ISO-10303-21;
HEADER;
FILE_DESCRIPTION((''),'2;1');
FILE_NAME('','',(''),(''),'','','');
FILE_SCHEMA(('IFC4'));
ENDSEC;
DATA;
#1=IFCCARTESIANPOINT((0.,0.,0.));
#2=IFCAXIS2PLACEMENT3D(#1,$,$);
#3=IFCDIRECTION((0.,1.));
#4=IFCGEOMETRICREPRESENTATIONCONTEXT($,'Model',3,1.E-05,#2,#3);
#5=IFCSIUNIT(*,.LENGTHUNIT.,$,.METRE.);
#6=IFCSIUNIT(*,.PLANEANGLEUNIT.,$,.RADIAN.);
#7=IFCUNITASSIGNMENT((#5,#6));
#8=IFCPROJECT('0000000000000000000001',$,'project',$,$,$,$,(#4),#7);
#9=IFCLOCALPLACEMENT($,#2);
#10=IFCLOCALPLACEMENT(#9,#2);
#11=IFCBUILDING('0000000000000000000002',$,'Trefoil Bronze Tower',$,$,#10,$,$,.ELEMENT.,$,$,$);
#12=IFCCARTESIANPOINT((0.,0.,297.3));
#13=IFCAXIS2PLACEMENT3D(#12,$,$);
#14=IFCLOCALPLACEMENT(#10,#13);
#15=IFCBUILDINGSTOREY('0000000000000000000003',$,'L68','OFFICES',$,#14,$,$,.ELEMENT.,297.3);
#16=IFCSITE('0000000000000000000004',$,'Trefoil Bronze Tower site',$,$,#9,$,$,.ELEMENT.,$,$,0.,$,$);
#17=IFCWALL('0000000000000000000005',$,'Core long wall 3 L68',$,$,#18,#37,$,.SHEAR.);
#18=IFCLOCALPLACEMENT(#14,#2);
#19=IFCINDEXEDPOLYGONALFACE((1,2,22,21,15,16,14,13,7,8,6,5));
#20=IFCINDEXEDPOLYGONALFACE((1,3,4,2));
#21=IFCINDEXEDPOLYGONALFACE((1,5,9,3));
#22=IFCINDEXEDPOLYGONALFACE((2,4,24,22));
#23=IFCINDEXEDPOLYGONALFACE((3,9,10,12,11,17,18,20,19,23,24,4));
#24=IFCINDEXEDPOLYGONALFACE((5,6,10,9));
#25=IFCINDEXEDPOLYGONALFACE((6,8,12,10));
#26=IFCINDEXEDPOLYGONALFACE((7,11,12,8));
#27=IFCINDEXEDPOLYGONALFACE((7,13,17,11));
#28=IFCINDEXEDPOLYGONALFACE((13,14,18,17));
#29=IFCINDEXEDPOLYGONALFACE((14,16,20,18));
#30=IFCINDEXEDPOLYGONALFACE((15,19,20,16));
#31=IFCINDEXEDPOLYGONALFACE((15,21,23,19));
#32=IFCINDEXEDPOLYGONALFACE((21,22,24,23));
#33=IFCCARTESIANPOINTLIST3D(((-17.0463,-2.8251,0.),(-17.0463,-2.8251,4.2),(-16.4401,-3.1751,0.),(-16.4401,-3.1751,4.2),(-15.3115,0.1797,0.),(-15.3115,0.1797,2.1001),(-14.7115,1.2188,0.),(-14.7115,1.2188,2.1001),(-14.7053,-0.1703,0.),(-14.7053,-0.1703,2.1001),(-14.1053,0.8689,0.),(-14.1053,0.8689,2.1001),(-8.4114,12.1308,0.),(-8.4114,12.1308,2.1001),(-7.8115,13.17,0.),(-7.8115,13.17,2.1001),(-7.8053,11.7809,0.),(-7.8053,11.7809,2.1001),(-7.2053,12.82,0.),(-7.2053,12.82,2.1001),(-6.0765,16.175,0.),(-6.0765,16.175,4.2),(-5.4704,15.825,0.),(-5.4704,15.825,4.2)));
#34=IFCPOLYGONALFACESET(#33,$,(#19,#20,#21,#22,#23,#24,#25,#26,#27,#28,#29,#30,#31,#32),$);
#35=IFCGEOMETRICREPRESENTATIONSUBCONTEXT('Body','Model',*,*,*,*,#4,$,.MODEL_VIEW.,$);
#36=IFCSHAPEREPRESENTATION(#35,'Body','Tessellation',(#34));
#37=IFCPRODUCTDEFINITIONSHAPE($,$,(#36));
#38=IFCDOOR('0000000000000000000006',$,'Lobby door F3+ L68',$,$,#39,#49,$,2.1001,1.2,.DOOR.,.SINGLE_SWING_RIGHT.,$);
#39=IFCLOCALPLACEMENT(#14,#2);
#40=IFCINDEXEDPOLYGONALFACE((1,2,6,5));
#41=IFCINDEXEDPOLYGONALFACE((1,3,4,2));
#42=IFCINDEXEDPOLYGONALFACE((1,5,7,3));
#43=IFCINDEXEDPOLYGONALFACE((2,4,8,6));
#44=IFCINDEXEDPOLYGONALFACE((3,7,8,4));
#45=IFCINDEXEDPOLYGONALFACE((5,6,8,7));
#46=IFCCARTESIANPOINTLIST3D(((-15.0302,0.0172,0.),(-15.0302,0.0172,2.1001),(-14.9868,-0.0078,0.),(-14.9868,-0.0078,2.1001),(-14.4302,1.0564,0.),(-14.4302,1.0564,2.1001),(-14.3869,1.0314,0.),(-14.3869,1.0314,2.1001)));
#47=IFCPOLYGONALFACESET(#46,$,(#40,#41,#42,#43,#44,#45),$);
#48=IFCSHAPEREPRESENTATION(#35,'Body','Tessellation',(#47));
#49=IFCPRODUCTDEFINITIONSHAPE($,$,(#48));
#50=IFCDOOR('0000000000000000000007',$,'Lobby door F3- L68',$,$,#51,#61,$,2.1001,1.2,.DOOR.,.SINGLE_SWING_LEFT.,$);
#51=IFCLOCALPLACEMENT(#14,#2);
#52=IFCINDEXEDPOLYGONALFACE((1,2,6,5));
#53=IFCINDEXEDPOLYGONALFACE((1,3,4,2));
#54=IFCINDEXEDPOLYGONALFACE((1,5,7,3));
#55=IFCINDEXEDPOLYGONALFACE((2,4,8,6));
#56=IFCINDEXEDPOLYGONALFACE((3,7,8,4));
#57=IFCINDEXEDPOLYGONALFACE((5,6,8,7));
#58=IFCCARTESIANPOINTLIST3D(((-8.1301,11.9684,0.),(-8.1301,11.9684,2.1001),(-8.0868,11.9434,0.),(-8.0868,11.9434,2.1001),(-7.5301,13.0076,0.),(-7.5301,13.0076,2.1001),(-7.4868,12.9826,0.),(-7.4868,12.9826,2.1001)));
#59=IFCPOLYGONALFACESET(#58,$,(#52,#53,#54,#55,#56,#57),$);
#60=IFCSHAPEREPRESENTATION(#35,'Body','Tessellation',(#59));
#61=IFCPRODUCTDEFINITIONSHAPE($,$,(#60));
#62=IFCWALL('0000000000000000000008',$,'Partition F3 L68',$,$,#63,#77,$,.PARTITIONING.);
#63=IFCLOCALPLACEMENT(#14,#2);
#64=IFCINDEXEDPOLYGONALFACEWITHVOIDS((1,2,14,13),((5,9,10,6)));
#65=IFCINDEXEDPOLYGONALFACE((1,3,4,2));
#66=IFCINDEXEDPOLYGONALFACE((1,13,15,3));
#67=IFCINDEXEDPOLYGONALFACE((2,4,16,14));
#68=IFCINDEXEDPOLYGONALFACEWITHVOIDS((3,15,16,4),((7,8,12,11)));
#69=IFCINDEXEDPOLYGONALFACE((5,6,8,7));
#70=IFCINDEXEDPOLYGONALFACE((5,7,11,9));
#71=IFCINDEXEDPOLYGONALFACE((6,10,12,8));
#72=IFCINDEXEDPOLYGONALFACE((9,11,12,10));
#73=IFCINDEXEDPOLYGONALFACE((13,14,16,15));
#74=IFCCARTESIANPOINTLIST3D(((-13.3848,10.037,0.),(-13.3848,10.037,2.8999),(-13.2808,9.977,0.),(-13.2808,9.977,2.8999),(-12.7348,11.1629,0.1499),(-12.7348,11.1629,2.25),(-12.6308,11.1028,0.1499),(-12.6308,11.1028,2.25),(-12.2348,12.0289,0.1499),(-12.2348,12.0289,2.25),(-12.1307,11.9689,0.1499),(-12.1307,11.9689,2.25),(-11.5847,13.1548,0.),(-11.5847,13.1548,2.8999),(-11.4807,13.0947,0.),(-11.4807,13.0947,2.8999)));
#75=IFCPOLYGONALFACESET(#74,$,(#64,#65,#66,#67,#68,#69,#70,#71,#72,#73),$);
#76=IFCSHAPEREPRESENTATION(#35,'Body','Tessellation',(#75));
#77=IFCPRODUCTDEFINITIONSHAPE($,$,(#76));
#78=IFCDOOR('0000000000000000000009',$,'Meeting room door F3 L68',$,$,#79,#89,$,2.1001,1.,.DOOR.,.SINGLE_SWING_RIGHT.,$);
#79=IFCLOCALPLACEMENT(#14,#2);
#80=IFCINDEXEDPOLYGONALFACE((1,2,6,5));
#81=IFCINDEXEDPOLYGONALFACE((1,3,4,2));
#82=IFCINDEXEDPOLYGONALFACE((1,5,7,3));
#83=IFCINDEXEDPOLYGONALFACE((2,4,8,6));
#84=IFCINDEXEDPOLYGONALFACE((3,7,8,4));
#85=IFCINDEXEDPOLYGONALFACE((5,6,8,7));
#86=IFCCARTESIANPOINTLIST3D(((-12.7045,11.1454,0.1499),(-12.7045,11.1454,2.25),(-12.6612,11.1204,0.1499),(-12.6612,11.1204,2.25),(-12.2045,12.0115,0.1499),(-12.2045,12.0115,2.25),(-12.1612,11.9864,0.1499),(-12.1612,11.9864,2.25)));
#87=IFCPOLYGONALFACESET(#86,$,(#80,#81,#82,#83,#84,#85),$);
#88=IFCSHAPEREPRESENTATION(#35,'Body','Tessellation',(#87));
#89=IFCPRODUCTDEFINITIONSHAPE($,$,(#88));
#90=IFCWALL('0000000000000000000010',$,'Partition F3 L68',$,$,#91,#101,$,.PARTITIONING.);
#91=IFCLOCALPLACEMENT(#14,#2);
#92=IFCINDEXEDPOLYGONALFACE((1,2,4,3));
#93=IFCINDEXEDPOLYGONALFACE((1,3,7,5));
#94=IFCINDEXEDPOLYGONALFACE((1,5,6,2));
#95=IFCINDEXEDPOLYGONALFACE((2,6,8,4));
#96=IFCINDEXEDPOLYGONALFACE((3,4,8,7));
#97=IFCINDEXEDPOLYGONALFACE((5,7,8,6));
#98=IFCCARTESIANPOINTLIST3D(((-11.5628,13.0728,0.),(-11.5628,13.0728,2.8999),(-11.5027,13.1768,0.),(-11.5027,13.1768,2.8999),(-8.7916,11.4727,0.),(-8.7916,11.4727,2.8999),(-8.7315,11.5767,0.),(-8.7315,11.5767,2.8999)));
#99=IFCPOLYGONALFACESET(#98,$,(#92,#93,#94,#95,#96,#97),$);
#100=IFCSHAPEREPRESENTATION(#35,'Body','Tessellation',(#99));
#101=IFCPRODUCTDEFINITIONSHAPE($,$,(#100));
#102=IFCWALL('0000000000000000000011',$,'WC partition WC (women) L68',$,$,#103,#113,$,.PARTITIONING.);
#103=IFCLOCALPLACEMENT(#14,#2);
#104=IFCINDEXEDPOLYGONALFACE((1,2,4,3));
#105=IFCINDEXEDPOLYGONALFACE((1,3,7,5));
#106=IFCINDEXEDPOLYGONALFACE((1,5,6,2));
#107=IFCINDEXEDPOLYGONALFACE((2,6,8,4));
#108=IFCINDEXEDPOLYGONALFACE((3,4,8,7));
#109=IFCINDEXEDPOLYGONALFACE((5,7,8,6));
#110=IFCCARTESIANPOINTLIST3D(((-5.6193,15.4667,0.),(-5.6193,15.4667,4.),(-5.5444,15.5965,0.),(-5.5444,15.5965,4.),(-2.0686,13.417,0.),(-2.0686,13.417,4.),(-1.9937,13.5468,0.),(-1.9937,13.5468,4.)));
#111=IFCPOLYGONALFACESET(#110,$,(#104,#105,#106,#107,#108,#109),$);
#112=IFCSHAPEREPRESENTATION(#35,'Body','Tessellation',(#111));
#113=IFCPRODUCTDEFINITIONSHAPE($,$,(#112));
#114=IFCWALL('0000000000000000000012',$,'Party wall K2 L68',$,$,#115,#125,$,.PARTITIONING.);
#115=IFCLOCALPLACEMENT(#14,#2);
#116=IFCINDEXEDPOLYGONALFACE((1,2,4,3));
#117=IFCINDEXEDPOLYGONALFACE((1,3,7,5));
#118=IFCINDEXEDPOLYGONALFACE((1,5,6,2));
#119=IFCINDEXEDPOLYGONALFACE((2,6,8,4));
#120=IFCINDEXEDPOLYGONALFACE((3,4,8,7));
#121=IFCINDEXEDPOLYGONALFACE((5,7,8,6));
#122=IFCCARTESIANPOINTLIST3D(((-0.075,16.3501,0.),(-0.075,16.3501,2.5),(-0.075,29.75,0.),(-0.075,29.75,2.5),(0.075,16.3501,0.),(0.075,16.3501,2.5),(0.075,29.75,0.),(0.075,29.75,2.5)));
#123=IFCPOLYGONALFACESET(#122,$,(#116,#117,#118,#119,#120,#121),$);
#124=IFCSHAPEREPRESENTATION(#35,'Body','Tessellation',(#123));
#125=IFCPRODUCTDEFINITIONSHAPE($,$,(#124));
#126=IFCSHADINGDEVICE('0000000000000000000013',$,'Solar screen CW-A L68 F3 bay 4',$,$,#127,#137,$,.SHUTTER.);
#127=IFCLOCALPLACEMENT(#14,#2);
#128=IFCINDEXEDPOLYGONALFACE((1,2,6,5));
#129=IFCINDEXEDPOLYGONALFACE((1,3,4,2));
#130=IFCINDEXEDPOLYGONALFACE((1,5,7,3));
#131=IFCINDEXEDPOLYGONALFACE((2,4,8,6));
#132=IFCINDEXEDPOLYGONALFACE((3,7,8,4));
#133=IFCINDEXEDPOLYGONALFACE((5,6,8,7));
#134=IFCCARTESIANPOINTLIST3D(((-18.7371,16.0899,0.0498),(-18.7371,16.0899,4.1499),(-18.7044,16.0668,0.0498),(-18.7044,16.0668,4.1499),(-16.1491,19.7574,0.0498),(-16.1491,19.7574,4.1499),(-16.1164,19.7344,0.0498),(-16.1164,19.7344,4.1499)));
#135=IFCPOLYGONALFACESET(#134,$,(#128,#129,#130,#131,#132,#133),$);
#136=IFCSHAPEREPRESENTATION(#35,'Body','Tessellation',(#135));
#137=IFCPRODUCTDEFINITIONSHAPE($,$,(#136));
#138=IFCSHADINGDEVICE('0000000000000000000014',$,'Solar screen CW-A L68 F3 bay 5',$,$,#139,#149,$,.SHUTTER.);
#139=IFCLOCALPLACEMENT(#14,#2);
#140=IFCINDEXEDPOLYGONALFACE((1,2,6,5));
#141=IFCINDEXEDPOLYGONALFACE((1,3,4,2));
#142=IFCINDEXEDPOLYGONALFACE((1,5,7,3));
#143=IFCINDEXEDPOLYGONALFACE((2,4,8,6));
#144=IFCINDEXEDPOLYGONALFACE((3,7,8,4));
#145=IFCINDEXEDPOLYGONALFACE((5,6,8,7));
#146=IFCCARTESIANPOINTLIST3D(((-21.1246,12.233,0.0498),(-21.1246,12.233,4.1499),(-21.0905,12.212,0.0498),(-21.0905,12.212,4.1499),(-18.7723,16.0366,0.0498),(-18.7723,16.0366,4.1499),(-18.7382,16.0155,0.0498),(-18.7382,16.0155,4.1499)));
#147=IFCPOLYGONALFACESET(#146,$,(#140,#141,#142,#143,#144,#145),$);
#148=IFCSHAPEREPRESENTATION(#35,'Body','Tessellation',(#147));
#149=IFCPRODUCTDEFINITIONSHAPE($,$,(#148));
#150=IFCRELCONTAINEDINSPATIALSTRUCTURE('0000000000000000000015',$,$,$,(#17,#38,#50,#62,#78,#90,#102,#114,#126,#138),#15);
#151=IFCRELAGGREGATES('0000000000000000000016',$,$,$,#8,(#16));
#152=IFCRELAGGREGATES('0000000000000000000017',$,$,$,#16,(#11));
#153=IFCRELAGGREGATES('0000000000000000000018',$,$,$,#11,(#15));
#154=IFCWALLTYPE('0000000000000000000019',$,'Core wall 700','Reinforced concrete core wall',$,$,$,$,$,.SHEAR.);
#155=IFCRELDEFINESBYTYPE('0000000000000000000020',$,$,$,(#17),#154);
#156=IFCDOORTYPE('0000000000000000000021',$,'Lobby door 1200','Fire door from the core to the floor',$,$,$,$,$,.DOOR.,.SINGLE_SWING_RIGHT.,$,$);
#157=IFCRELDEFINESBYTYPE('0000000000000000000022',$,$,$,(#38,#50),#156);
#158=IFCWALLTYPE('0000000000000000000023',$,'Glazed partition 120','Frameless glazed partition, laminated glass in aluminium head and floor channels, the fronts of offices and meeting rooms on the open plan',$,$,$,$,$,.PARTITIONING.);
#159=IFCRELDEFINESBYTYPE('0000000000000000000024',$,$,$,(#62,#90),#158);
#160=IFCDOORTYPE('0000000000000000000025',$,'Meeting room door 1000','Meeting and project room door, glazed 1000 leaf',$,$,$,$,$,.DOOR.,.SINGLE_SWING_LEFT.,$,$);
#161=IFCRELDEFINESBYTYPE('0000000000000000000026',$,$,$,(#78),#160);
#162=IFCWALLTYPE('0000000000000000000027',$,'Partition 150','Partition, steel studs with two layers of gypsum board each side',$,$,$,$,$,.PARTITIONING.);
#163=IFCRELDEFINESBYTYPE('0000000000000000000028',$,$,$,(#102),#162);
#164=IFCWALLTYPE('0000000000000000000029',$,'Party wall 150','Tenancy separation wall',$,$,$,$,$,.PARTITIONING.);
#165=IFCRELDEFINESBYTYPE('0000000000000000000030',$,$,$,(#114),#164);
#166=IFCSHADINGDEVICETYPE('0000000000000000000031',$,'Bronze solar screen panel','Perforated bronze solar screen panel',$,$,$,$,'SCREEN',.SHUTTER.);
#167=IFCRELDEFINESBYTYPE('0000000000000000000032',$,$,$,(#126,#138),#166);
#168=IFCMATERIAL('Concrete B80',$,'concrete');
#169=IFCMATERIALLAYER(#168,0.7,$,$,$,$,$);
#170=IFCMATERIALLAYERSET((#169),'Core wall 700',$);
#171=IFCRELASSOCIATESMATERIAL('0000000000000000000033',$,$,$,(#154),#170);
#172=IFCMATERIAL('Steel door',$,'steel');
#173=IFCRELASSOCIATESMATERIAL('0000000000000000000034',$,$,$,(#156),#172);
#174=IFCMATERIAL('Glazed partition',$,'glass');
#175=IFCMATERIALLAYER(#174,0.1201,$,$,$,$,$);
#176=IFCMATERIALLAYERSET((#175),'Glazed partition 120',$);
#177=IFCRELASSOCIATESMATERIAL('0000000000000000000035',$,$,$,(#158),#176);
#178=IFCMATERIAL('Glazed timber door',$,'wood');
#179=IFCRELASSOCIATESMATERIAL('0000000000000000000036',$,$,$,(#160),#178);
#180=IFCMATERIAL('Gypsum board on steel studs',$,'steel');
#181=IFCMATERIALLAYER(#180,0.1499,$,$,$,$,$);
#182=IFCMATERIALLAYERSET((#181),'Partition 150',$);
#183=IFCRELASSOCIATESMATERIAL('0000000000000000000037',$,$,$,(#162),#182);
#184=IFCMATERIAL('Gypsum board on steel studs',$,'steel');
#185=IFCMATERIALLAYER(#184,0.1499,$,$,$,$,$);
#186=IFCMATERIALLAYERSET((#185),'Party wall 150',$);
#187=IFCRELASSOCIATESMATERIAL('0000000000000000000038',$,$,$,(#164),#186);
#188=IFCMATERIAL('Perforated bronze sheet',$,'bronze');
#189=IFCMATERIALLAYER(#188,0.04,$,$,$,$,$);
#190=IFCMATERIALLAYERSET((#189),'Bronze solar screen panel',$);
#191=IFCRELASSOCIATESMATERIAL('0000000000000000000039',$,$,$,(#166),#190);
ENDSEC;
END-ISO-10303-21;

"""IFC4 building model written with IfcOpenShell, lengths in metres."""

from ifc_helpers import new_model, si_unit, direction, frame, frame_2d, origin, origin_2d, place, context, subcontext, project, spatial, rectangle, extrude, material, layer, layer_set, type_object, element, fill, save


model = new_model("IFC4")

# Units and contexts
model_context = context("Model", 3, precision=1e-05, world=origin(), true_north=direction((0.0, 1.0)))
body_context = subcontext(model_context, "Body", "Model", "MODEL_VIEW")
ifc_project = project(units=[si_unit("LENGTHUNIT", "METRE"), si_unit("PLANEANGLEUNIT", "RADIAN")], contexts=[model_context])

# Site, building, storey
site_placement = place(None, origin())
site = spatial("IfcSite", under=ifc_project, at=site_placement, Name="Trefoil Bronze Tower site", CompositionType="ELEMENT", RefElevation=0.0)
building_placement = place(site_placement, origin())
building = spatial("IfcBuilding", under=site, at=building_placement, Name="Trefoil Bronze Tower", CompositionType="ELEMENT")
storey_placement = place(building_placement, frame((0.0, 0.0, 297.3)))
storey = spatial("IfcBuildingStorey", under=building, at=storey_placement, Name="L68", Description="OFFICES", CompositionType="ELEMENT", Elevation=297.3)

# Wall, openings, doors
ifc_material_1 = material(Name="Concrete B80", Category="concrete")
ifc_layer_1 = layer(ifc_material_1, 0.7)
ifc_layer_set_1 = layer_set([ifc_layer_1], Name="Core wall 700")
wall_type_1 = type_object("IfcWallType", Name="Core wall 700", Description="Reinforced concrete core wall", PredefinedType="SHEAR", material=ifc_layer_set_1)
wall_1_placement = place(storey_placement, frame((-5.7734, 16.0, 0.0), z_axis=(0.0, 0.0, 1.0), x_axis=(-0.500002, -0.866024, 0.0)))
wall_1 = element("IfcWall", 1, at=wall_1_placement, inside=storey, type_object=wall_type_1, Name="Core long wall 3 L68", PredefinedType="SHEAR", context=body_context, shape_type="SweptSolid", body=[
    extrude(rectangle(XDim=21.9395, YDim=0.7, at=frame_2d((10.9697, 0.0))), origin(), (0.0, 0.0, 1.0), 4.2),
])
opening_1_placement = place(wall_1_placement, frame((17.2698, 0.0, 0.0)))
opening_1 = element("IfcOpeningElement", 2, at=opening_1_placement, cuts=wall_1, PredefinedType="OPENING", context=body_context, shape_type="SweptSolid", body=[
    extrude(rectangle(XDim=1.2, YDim=2.1001, at=frame_2d((0.6001, 1.05))), frame((0.0, 0.3599, 0.0), z_axis=(0.0, -1.0, 0.0), x_axis=(1.0, 0.0, 0.0)), (0.0, 0.0, 1.0), 0.72),
])
opening_2_placement = place(wall_1_placement, frame((3.4697, 0.0, 0.0)))
opening_2 = element("IfcOpeningElement", 3, at=opening_2_placement, cuts=wall_1, PredefinedType="OPENING", context=body_context, shape_type="SweptSolid", body=[
    extrude(rectangle(XDim=1.2, YDim=2.1001, at=frame_2d((0.6001, 1.05))), frame((0.0, 0.3599, 0.0), z_axis=(0.0, -1.0, 0.0), x_axis=(1.0, 0.0, 0.0)), (0.0, 0.0, 1.0), 0.72),
])
ifc_material_2 = material(Name="Steel door", Category="steel")
door_type_1 = type_object("IfcDoorType", Name="Lobby door 1200", Description="Fire door from the core to the floor", OperationType="SINGLE_SWING_RIGHT", PredefinedType="DOOR", material=ifc_material_2)
door_1_placement = place(opening_1_placement, origin())
door_1 = element("IfcDoor", 4, at=door_1_placement, inside=storey, type_object=door_type_1, Name="Lobby door F3+ L68", OperationType="SINGLE_SWING_RIGHT", OverallHeight=2.1001, OverallWidth=1.2, PredefinedType="DOOR", context=body_context, shape_type="SweptSolid", body=[
    extrude(rectangle(XDim=1.2, YDim=2.1001, at=frame_2d((0.6001, 1.05))), frame((0.0, 0.0249, 0.0), z_axis=(0.0, -1.0, 0.0), x_axis=(1.0, 0.0, 0.0)), (0.0, 0.0, 1.0), 0.05),
])
fill(opening_1, door_1)
door_2_placement = place(opening_2_placement, origin())
door_2 = element("IfcDoor", 5, at=door_2_placement, inside=storey, type_object=door_type_1, Name="Lobby door F3- L68", OperationType="SINGLE_SWING_LEFT", OverallHeight=2.1001, OverallWidth=1.2, PredefinedType="DOOR", context=body_context, shape_type="SweptSolid", body=[
    extrude(rectangle(XDim=1.2, YDim=2.1001, at=frame_2d((0.6001, 1.05))), frame((0.0, 0.0249, 0.0), z_axis=(0.0, -1.0, 0.0), x_axis=(1.0, 0.0, 0.0)), (0.0, 0.0, 1.0), 0.05),
])
fill(opening_2, door_2)

# Wall, opening, door
ifc_material_3 = material(Name="Glazed partition", Category="glass")
ifc_layer_2 = layer(ifc_material_3, 0.1201)
ifc_layer_set_2 = layer_set([ifc_layer_2], Name="Glazed partition 120")
wall_type_2 = type_object("IfcWallType", Name="Glazed partition 120", Description="Frameless glazed partition, laminated glass in aluminium head and floor channels, the fronts of offices and meeting rooms on the open plan", PredefinedType="PARTITIONING", material=ifc_layer_set_2)
wall_2_placement = place(storey_placement, frame((-11.5327, 13.1248, 0.0), z_axis=(0.0, 0.0, 1.0), x_axis=(-0.500012, -0.866018, 0.0)))
wall_2 = element("IfcWall", 6, at=wall_2_placement, inside=storey, type_object=wall_type_2, Name="Partition F3 L68", PredefinedType="PARTITIONING", context=body_context, shape_type="SweptSolid", body=[
    extrude(rectangle(XDim=3.6001, YDim=0.1201, at=frame_2d((1.8, 0.0))), origin(), (0.0, 0.0, 1.0), 2.8999),
])
opening_3_placement = place(wall_2_placement, frame((1.3, 0.0, 0.1499)))
opening_3 = element("IfcOpeningElement", 7, at=opening_3_placement, cuts=wall_2, PredefinedType="OPENING", context=body_context, shape_type="SweptSolid", body=[
    extrude(rectangle(XDim=1.0, YDim=2.1001, at=frame_2d((0.5, 1.05))), frame((0.0, 0.0701, 0.0), z_axis=(0.0, -1.0, 0.0), x_axis=(1.0, 0.0, 0.0)), (0.0, 0.0, 1.0), 0.1401),
])
ifc_material_4 = material(Name="Glazed timber door", Category="wood")
door_type_2 = type_object("IfcDoorType", Name="Meeting room door 1000", Description="Meeting and project room door, glazed 1000 leaf", OperationType="SINGLE_SWING_LEFT", PredefinedType="DOOR", material=ifc_material_4)
door_3_placement = place(opening_3_placement, origin())
door_3 = element("IfcDoor", 8, at=door_3_placement, inside=storey, type_object=door_type_2, Name="Meeting room door F3 L68", OperationType="SINGLE_SWING_RIGHT", OverallHeight=2.1001, OverallWidth=1.0, PredefinedType="DOOR", context=body_context, shape_type="SweptSolid", body=[
    extrude(rectangle(XDim=1.0, YDim=2.1001, at=frame_2d((0.5, 1.05))), frame((0.0, 0.0249, 0.0), z_axis=(0.0, -1.0, 0.0), x_axis=(1.0, 0.0, 0.0)), (0.0, 0.0, 1.0), 0.05),
])
fill(opening_3, door_3)

# Walls
wall_3_placement = place(storey_placement, frame((-8.7615, 11.5247, 0.0), z_axis=(0.0, 0.0, 1.0), x_axis=(-0.866009, 0.500028, 0.0)))
element("IfcWall", 9, at=wall_3_placement, inside=storey, type_object=wall_type_2, Name="Partition F3 L68", PredefinedType="PARTITIONING", context=body_context, shape_type="SweptSolid", body=[
    extrude(rectangle(XDim=3.2, YDim=0.1201, at=frame_2d((1.6001, 0.0))), origin(), (0.0, 0.0, 1.0), 2.8999),
])
ifc_material_5 = material(Name="Gypsum board on steel studs", Category="steel")
ifc_layer_3 = layer(ifc_material_5, 0.1499)
ifc_layer_set_3 = layer_set([ifc_layer_3], Name="Partition 150")
wall_type_3 = type_object("IfcWallType", Name="Partition 150", Description="Partition, steel studs with two layers of gypsum board each side", PredefinedType="PARTITIONING", material=ifc_layer_set_3)
wall_4_placement = place(storey_placement, frame((-2.0312, 13.4819, 0.0), z_axis=(0.0, 0.0, 1.0), x_axis=(-0.866051, 0.499956, 0.0)))
element("IfcWall", 10, at=wall_4_placement, inside=storey, type_object=wall_type_3, Name="WC partition WC (women) L68", PredefinedType="PARTITIONING", context=body_context, shape_type="SweptSolid", body=[
    extrude(rectangle(XDim=4.0999, YDim=0.1499, at=frame_2d((2.0498, 0.0))), origin(), (0.0, 0.0, 1.0), 4.0),
])
ifc_material_6 = material(Name="Gypsum board on steel studs", Category="steel")
ifc_layer_4 = layer(ifc_material_6, 0.1499)
ifc_layer_set_4 = layer_set([ifc_layer_4], Name="Party wall 150")
wall_type_4 = type_object("IfcWallType", Name="Party wall 150", Description="Tenancy separation wall", PredefinedType="PARTITIONING", material=ifc_layer_set_4)
wall_5_placement = place(storey_placement, frame((0.0, 16.3501, 0.0), z_axis=(0.0, 0.0, 1.0), x_axis=(0.0, 1.0, 0.0)))
element("IfcWall", 11, at=wall_5_placement, inside=storey, type_object=wall_type_4, Name="Party wall K2 L68", PredefinedType="PARTITIONING", context=body_context, shape_type="SweptSolid", body=[
    extrude(rectangle(XDim=13.3999, YDim=0.1499, at=frame_2d((6.7, 0.0))), origin(), (0.0, 0.0, 1.0), 2.5),
])

# Shading devices
ifc_material_7 = material(Name="Perforated bronze sheet", Category="bronze")
ifc_layer_5 = layer(ifc_material_7, 0.04)
ifc_layer_set_5 = layer_set([ifc_layer_5], Name="Bronze solar screen panel")
shading_device_type = type_object("IfcShadingDeviceType", Name="Bronze solar screen panel", Description="Perforated bronze solar screen panel", ElementType="SCREEN", PredefinedType="SHUTTER", material=ifc_layer_set_5)
shading_device_1_placement = place(storey_placement, frame((-17.4268, 17.9121, 0.0498), z_axis=(0.0, 0.0, 1.0), x_axis=(-0.576561, -0.817054, 0.0)))
element("IfcShadingDevice", 12, at=shading_device_1_placement, inside=storey, type_object=shading_device_type, Name="Solar screen CW-A L68 F3 bay 4", PredefinedType="SHUTTER", context=body_context, shape_type="SweptSolid", body=[
    extrude(rectangle(XDim=4.4888, YDim=0.04, at=origin_2d()), origin(), (0.0, 0.0, 1.0), 4.1001),
])
shading_device_2_placement = place(storey_placement, frame((-19.9314, 14.1243, 0.0498), z_axis=(0.0, 0.0, 1.0), x_axis=(-0.52598, -0.850497, 0.0)))
element("IfcShadingDevice", 13, at=shading_device_2_placement, inside=storey, type_object=shading_device_type, Name="Solar screen CW-A L68 F3 bay 5", PredefinedType="SHUTTER", context=body_context, shape_type="SweptSolid", body=[
    extrude(rectangle(XDim=4.4722, YDim=0.04, at=origin_2d()), origin(), (0.0, 0.0, 1.0), 4.1001),
])

save(model, "model.ifc")
